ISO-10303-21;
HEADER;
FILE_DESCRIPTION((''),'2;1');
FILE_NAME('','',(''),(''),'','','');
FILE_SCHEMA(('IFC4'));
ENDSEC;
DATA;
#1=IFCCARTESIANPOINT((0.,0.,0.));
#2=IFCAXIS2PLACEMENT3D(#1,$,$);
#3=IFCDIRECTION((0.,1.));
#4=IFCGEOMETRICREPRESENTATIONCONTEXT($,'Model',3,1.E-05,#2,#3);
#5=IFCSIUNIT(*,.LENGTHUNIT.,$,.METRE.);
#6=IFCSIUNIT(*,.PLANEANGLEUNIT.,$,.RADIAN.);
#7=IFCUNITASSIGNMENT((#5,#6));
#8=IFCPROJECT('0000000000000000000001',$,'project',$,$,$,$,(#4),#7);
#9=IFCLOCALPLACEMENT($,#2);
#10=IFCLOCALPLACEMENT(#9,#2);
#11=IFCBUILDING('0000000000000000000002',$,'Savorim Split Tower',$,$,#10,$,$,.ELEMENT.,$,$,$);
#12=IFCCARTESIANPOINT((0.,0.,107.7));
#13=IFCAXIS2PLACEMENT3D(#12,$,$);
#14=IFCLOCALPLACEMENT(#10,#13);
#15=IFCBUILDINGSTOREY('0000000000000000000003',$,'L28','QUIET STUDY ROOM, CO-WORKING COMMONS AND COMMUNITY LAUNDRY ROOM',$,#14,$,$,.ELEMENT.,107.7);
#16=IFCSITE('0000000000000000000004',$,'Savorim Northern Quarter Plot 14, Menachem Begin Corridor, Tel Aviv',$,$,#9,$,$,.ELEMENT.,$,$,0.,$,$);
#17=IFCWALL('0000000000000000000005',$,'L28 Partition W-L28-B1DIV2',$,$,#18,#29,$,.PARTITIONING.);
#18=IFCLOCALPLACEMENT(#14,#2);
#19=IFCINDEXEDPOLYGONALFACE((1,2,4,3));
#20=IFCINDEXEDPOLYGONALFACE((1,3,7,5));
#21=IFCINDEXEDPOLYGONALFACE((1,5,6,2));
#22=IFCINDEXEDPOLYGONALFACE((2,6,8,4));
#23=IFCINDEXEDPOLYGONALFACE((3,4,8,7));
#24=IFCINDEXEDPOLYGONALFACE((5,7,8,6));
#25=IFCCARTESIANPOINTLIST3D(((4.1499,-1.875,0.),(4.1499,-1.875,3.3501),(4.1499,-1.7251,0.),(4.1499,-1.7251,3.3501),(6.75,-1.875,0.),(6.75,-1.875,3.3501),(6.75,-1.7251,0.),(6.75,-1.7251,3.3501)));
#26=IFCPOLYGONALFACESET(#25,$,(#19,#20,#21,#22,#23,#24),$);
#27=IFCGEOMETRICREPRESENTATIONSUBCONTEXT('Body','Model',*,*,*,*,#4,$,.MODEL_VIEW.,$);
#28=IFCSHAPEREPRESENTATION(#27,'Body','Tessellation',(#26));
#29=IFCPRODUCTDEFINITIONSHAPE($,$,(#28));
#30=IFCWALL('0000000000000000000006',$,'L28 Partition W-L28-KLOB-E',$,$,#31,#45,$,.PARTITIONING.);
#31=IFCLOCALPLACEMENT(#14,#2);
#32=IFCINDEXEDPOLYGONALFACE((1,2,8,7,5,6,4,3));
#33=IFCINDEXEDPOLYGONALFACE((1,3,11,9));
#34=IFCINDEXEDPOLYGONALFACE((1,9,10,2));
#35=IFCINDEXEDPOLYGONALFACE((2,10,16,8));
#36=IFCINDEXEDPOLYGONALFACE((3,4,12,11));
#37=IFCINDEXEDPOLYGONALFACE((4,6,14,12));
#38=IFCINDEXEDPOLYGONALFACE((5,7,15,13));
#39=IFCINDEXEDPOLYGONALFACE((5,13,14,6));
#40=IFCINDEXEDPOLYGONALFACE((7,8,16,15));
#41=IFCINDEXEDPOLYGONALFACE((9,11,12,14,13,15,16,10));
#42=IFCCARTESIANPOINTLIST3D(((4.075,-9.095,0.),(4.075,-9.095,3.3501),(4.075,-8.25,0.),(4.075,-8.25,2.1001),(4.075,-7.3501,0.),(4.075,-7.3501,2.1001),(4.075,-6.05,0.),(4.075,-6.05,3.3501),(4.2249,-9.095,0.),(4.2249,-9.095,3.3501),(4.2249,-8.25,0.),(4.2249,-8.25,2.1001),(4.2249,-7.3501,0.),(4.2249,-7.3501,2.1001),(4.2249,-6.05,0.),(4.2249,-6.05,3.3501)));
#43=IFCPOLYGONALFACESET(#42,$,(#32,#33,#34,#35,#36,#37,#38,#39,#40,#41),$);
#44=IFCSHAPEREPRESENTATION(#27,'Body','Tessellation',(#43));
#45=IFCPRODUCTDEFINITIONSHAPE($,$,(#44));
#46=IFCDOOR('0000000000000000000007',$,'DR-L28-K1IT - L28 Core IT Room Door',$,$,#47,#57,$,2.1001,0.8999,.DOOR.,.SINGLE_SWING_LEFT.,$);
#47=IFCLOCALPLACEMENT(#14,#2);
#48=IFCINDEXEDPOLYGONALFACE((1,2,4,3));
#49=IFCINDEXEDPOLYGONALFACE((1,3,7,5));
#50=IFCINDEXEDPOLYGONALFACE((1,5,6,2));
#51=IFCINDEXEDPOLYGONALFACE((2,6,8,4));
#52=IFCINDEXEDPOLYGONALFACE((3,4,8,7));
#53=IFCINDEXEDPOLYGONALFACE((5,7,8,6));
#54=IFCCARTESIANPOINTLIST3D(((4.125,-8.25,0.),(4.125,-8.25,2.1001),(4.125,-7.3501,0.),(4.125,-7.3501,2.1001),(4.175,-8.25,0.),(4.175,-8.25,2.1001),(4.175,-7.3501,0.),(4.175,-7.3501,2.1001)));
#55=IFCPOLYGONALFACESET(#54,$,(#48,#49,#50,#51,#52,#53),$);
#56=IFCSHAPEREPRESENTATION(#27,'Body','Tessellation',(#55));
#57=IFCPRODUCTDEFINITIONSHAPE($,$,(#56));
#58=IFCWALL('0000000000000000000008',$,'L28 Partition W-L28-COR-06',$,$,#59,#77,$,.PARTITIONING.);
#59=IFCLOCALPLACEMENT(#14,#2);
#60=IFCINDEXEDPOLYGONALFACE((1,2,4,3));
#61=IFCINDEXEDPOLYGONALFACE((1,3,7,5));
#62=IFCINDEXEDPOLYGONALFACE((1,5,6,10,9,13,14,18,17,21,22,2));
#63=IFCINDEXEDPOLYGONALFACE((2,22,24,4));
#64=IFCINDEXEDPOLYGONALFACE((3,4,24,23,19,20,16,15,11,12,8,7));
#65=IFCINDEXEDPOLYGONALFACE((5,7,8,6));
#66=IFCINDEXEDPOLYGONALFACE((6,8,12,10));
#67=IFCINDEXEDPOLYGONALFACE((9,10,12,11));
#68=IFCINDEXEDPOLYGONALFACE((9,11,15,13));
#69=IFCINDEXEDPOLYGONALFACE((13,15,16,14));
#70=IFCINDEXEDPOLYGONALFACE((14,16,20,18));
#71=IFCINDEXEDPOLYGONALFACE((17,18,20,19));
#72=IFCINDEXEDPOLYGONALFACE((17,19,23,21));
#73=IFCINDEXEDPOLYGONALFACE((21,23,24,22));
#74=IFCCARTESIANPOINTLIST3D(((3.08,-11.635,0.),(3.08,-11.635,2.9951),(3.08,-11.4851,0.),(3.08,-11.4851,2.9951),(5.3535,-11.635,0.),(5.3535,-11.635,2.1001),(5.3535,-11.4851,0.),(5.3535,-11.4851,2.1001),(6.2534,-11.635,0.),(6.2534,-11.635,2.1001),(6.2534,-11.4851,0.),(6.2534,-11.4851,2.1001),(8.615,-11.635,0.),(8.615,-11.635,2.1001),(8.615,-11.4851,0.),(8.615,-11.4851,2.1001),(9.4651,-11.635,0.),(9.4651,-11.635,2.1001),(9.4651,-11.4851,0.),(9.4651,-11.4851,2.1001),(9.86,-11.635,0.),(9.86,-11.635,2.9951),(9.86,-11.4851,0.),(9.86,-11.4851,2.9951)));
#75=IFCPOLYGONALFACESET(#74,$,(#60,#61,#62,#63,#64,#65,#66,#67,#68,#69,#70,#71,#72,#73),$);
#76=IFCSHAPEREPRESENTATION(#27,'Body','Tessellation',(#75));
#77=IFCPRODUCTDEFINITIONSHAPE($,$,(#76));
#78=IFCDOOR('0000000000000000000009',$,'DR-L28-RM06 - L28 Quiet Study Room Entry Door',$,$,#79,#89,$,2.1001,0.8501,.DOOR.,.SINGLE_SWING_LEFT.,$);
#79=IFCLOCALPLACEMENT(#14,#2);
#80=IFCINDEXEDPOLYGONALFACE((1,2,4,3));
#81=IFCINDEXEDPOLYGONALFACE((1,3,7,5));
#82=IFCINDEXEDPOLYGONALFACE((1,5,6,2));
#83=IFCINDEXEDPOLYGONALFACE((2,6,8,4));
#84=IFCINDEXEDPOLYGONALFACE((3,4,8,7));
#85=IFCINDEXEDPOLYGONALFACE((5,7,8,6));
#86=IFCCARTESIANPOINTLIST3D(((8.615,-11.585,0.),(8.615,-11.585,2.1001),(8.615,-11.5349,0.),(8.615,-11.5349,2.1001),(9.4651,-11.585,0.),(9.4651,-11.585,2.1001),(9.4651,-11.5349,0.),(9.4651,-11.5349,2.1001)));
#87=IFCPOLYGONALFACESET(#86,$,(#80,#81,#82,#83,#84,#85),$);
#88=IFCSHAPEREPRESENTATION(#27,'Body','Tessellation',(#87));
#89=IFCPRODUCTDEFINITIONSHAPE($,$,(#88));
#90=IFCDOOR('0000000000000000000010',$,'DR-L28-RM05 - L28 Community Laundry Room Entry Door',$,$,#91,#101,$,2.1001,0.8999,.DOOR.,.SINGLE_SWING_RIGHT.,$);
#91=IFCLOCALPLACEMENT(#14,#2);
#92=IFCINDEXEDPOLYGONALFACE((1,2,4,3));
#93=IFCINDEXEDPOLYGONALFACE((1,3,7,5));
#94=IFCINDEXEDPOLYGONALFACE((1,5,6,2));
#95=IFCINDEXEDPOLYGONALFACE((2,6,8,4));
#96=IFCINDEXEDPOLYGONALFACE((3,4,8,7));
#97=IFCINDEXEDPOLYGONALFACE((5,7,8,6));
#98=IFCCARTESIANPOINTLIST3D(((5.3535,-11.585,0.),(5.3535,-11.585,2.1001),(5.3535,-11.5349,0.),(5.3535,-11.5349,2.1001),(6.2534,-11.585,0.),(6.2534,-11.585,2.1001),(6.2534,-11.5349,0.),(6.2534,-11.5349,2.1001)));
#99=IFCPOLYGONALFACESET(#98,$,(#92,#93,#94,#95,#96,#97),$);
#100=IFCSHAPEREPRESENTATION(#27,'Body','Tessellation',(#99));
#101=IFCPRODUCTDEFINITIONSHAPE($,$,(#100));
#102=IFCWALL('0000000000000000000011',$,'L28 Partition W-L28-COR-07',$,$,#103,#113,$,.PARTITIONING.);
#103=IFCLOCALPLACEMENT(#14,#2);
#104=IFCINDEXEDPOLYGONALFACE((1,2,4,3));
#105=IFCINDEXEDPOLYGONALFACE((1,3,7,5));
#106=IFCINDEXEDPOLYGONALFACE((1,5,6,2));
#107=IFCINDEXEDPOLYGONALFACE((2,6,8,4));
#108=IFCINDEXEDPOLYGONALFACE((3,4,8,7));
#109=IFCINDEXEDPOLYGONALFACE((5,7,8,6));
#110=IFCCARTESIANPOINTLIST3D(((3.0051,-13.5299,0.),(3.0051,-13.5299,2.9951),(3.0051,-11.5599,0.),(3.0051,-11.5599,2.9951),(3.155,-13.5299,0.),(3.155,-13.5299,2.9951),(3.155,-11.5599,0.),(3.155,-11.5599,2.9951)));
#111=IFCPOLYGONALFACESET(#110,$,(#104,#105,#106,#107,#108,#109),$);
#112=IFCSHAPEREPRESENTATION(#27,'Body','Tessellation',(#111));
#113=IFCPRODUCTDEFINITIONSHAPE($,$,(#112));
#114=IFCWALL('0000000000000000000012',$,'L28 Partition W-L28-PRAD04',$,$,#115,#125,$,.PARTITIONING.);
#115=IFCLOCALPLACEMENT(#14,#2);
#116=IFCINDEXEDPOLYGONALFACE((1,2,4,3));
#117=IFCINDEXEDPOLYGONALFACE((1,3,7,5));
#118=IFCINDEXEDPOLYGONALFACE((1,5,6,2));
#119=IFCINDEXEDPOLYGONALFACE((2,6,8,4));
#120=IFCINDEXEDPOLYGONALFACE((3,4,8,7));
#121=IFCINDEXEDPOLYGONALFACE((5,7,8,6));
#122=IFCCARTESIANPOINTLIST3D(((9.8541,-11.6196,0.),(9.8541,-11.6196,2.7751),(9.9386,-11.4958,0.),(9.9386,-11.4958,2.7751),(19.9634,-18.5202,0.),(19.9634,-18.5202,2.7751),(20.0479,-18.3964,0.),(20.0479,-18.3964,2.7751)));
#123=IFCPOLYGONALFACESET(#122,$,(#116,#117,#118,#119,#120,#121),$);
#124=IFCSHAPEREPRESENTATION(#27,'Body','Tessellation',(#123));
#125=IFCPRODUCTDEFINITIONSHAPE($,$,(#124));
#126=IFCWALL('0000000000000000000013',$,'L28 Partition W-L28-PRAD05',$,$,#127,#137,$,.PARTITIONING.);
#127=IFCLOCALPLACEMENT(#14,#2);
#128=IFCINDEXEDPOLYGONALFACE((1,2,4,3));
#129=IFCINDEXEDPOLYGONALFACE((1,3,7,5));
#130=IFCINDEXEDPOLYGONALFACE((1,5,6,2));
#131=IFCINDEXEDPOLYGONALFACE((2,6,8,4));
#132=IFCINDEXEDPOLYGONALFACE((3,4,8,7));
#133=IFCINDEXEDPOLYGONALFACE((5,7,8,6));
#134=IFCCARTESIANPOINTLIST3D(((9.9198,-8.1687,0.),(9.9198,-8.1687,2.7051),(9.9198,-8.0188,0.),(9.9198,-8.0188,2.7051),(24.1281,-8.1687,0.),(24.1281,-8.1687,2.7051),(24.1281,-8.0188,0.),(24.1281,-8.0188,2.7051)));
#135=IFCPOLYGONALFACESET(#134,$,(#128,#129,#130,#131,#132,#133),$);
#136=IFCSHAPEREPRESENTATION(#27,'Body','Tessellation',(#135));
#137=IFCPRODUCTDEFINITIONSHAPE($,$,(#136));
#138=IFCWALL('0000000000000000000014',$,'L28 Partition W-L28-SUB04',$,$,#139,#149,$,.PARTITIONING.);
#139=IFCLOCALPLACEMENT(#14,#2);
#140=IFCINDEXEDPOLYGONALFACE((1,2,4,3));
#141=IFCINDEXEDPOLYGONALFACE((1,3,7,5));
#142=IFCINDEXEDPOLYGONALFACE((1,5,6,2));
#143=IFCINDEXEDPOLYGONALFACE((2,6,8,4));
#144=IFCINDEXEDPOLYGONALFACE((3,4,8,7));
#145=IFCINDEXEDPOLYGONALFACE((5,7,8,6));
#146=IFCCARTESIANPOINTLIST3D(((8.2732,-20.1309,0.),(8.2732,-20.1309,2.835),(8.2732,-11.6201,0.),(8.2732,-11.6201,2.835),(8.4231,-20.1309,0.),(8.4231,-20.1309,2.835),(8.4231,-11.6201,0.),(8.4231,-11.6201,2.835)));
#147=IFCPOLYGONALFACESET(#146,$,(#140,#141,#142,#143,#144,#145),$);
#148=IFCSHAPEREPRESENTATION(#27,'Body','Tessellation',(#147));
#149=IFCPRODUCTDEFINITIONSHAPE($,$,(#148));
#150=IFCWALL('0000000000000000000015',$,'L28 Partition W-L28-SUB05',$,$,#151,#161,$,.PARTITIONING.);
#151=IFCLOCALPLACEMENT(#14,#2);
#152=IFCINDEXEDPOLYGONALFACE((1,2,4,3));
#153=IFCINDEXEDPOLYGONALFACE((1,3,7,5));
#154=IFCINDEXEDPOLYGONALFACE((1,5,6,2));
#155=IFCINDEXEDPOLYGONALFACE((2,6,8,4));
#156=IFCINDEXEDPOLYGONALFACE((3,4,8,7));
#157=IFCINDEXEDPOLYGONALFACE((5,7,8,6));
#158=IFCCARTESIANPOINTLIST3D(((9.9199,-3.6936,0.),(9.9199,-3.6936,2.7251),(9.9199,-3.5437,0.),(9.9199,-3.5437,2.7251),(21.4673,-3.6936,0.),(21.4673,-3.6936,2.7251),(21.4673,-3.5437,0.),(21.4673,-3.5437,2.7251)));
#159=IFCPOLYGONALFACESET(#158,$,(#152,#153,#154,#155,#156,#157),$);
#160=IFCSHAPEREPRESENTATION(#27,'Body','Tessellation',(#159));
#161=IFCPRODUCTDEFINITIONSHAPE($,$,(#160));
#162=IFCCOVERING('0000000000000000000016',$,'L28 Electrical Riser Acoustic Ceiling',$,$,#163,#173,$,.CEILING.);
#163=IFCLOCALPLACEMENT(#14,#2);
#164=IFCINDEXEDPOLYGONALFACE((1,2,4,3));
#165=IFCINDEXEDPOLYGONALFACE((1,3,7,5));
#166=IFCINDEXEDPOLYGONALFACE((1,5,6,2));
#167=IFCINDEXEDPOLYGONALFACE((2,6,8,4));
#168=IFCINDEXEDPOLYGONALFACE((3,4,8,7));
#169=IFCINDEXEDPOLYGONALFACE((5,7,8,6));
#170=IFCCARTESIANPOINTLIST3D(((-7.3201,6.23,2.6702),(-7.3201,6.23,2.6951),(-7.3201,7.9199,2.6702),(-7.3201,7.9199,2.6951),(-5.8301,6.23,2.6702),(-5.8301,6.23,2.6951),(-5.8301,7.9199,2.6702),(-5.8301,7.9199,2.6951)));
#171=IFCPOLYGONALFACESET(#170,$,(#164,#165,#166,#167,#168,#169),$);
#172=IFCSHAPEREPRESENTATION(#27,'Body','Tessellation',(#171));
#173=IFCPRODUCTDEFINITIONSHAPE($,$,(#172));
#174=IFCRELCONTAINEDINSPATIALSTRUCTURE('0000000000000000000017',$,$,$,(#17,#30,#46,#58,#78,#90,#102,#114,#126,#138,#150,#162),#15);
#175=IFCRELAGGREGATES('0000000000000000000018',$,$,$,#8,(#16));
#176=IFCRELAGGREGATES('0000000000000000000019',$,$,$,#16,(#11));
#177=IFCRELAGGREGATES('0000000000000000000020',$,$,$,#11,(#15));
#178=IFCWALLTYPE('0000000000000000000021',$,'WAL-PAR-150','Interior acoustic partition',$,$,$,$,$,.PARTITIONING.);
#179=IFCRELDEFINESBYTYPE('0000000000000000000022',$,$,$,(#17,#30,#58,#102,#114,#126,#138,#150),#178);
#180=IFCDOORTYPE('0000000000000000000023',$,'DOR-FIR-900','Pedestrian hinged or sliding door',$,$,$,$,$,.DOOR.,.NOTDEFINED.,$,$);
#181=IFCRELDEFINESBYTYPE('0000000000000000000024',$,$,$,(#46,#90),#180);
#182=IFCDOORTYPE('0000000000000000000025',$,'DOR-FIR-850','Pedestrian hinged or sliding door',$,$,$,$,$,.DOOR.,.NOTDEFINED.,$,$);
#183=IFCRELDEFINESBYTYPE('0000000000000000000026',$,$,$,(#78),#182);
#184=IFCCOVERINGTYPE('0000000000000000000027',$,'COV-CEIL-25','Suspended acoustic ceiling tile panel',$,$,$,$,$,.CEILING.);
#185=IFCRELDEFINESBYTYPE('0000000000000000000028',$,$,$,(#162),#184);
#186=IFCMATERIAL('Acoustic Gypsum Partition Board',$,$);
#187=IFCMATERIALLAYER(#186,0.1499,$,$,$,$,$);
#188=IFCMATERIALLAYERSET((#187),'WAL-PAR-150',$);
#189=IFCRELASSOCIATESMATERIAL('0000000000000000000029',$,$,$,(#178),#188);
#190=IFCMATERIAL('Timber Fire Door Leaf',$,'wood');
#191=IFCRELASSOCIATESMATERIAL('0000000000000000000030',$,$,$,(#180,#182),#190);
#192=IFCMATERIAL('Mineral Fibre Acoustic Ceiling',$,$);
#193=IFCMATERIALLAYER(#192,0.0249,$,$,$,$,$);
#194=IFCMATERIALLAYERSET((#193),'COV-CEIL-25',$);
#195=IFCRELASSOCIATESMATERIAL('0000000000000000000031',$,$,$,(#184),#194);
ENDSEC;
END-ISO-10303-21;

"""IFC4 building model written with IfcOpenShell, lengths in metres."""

from ifc_helpers import new_model, si_unit, direction, frame, frame_2d, origin, place, context, subcontext, project, spatial, polyline, rectangle, outline, extrude, material, layer, layer_set, type_object, element, fill, save


model = new_model("IFC4")

# Units and contexts
model_context = context("Model", 3, precision=1e-05, world=origin(), true_north=direction((0.0, 1.0)))
body_context = subcontext(model_context, "Body", "Model", "MODEL_VIEW")
ifc_project = project(units=[si_unit("LENGTHUNIT", "METRE"), si_unit("PLANEANGLEUNIT", "RADIAN")], contexts=[model_context])

# Site, building, storey
site_placement = place(None, origin())
site = spatial("IfcSite", under=ifc_project, at=site_placement, Name="Savorim Northern Quarter Plot 14, Menachem Begin Corridor, Tel Aviv", CompositionType="ELEMENT", RefElevation=0.0)
building_placement = place(site_placement, origin())
building = spatial("IfcBuilding", under=site, at=building_placement, Name="Savorim Split Tower", CompositionType="ELEMENT")
storey_placement = place(building_placement, frame((0.0, 0.0, 107.7)))
storey = spatial("IfcBuildingStorey", under=building, at=storey_placement, Name="L28", Description="QUIET STUDY ROOM, CO-WORKING COMMONS AND COMMUNITY LAUNDRY ROOM", CompositionType="ELEMENT", Elevation=107.7)

# Wall
ifc_material_1 = material(Name="Acoustic Gypsum Partition Board")
ifc_layer_1 = layer(ifc_material_1, 0.1499)
ifc_layer_set_1 = layer_set([ifc_layer_1], Name="WAL-PAR-150")
wall_type_1 = type_object("IfcWallType", Name="WAL-PAR-150", Description="Interior acoustic partition", PredefinedType="PARTITIONING", material=ifc_layer_set_1)
for number, where, z_axis, x_axis, name in (
    (1, (4.1499, -1.8, 0.0), (0.0, 0.0, 1.0), (1.0, 0.0, 0.0), "L28 Partition W-L28-B1DIV2"),
):
    element("IfcWall", number, at=place(storey_placement, frame(where, z_axis=z_axis, x_axis=x_axis)), inside=storey, type_object=wall_type_1, Name=name, PredefinedType="PARTITIONING", context=body_context, shape_type="SweptSolid", body=[
        extrude(rectangle(XDim=2.6001, YDim=0.1499, at=frame_2d((1.3, 0.0))), origin(), (0.0, 0.0, 1.0), 3.3501),
    ])

# Wall, opening, door
wall_1_placement = place(storey_placement, frame((4.1499, -9.095, 0.0), z_axis=(0.0, 0.0, 1.0), x_axis=(0.0, 1.0, 0.0)))
wall_1 = element("IfcWall", 2, at=wall_1_placement, inside=storey, type_object=wall_type_1, Name="L28 Partition W-L28-KLOB-E", PredefinedType="PARTITIONING", context=body_context, shape_type="SweptSolid", body=[
    extrude(rectangle(XDim=3.0449, YDim=0.1499, at=frame_2d((1.5225, 0.0))), origin(), (0.0, 0.0, 1.0), 3.3501),
])
opening_1_placement = place(wall_1_placement, frame((0.845, 0.0, 0.0)))
opening_1 = element("IfcOpeningElement", 3, at=opening_1_placement, cuts=wall_1, PredefinedType="OPENING", context=body_context, shape_type="SweptSolid", body=[
    extrude(rectangle(XDim=0.8999, YDim=2.1001, at=frame_2d((0.45, 1.05))), frame((0.0, 0.085, 0.0), z_axis=(0.0, -1.0, 0.0), x_axis=(1.0, 0.0, 0.0)), (0.0, 0.0, 1.0), 0.1699),
])
ifc_material_2 = material(Name="Timber Fire Door Leaf", Category="wood")
door_type_1 = type_object("IfcDoorType", Name="DOR-FIR-900", Description="Pedestrian hinged or sliding door", OperationType="NOTDEFINED", PredefinedType="DOOR", material=ifc_material_2)
door_1_placement = place(opening_1_placement, origin())
door_1 = element("IfcDoor", 4, at=door_1_placement, inside=storey, type_object=door_type_1, Name="DR-L28-K1IT - L28 Core IT Room Door", OperationType="SINGLE_SWING_LEFT", OverallHeight=2.1001, OverallWidth=0.8999, PredefinedType="DOOR", context=body_context, shape_type="SweptSolid", body=[
    extrude(rectangle(XDim=0.8999, YDim=2.1001, at=frame_2d((0.45, 1.05))), frame((0.0, 0.0249, 0.0), z_axis=(0.0, -1.0, 0.0), x_axis=(1.0, 0.0, 0.0)), (0.0, 0.0, 1.0), 0.05),
])
fill(opening_1, door_1)

# Wall, openings, doors
wall_2_placement = place(storey_placement, frame((9.8601, -11.5601, 0.0), z_axis=(0.0, 0.0, 1.0), x_axis=(-1.0, 0.0, 0.0)))
wall_2 = element("IfcWall", 5, at=wall_2_placement, inside=storey, type_object=wall_type_1, Name="L28 Partition W-L28-COR-06", PredefinedType="PARTITIONING", context=body_context, shape_type="SweptSolid", body=[
    extrude(rectangle(XDim=6.78, YDim=0.1499, at=frame_2d((3.3901, 0.0))), origin(), (0.0, 0.0, 1.0), 2.9951),
])
opening_2_placement = place(wall_2_placement, frame((3.6067, 0.0, 0.0)))
opening_2 = element("IfcOpeningElement", 6, at=opening_2_placement, cuts=wall_2, PredefinedType="OPENING", context=body_context, shape_type="SweptSolid", body=[
    extrude(rectangle(XDim=0.8999, YDim=2.1001, at=frame_2d((0.45, 1.05))), frame((0.0, 0.085, 0.0), z_axis=(0.0, -1.0, 0.0), x_axis=(1.0, 0.0, 0.0)), (0.0, 0.0, 1.0), 0.1699),
])
opening_3_placement = place(wall_2_placement, frame((0.395, 0.0, 0.0)))
opening_3 = element("IfcOpeningElement", 7, at=opening_3_placement, cuts=wall_2, PredefinedType="OPENING", context=body_context, shape_type="SweptSolid", body=[
    extrude(rectangle(XDim=0.8501, YDim=2.1001, at=frame_2d((0.425, 1.05))), frame((0.0, 0.085, 0.0), z_axis=(0.0, -1.0, 0.0), x_axis=(1.0, 0.0, 0.0)), (0.0, 0.0, 1.0), 0.1699),
])
door_type_2 = type_object("IfcDoorType", Name="DOR-FIR-850", Description="Pedestrian hinged or sliding door", OperationType="NOTDEFINED", PredefinedType="DOOR", material=ifc_material_2)
door_2_placement = place(opening_3_placement, origin())
door_2 = element("IfcDoor", 8, at=door_2_placement, inside=storey, type_object=door_type_2, Name="DR-L28-RM06 - L28 Quiet Study Room Entry Door", OperationType="SINGLE_SWING_LEFT", OverallHeight=2.1001, OverallWidth=0.8501, PredefinedType="DOOR", context=body_context, shape_type="SweptSolid", body=[
    extrude(rectangle(XDim=0.8501, YDim=2.1001, at=frame_2d((0.425, 1.05))), frame((0.0, 0.0249, 0.0), z_axis=(0.0, -1.0, 0.0), x_axis=(1.0, 0.0, 0.0)), (0.0, 0.0, 1.0), 0.05),
])
fill(opening_3, door_2)
door_3_placement = place(opening_2_placement, origin())
door_3 = element("IfcDoor", 9, at=door_3_placement, inside=storey, type_object=door_type_1, Name="DR-L28-RM05 - L28 Community Laundry Room Entry Door", OperationType="SINGLE_SWING_RIGHT", OverallHeight=2.1001, OverallWidth=0.8999, PredefinedType="DOOR", context=body_context, shape_type="SweptSolid", body=[
    extrude(rectangle(XDim=0.8999, YDim=2.1001, at=frame_2d((0.45, 1.05))), frame((0.0, 0.0249, 0.0), z_axis=(0.0, -1.0, 0.0), x_axis=(1.0, 0.0, 0.0)), (0.0, 0.0, 1.0), 0.05),
])
fill(opening_2, door_3)

# Walls
wall_3_placement = place(storey_placement, frame((3.0801, -11.5601, 0.0), z_axis=(0.0, 0.0, 1.0), x_axis=(0.0, -1.0, 0.0)))
element("IfcWall", 10, at=wall_3_placement, inside=storey, type_object=wall_type_1, Name="L28 Partition W-L28-COR-07", PredefinedType="PARTITIONING", context=body_context, shape_type="SweptSolid", body=[
    extrude(rectangle(XDim=1.97, YDim=0.1499, at=frame_2d((0.9849, 0.0))), origin(), (0.0, 0.0, 1.0), 2.9951),
])
wall_4_placement = place(storey_placement, frame((9.8962, -11.5576, 0.0), z_axis=(0.0, 0.0, 1.0), x_axis=(0.825928, -0.563776, 0.0)))
element("IfcWall", 11, at=wall_4_placement, inside=storey, type_object=wall_type_1, Name="L28 Partition W-L28-PRAD04", PredefinedType="PARTITIONING", context=body_context, shape_type="SweptSolid", body=[
    extrude(rectangle(XDim=12.24, YDim=0.1499, at=frame_2d((6.1201, 0.0))), origin(), (0.0, 0.0, 1.0), 2.7751),
])
wall_5_placement = place(storey_placement, frame((9.9199, -8.0938, 0.0), z_axis=(0.0, 0.0, 1.0), x_axis=(1.0, 0.0, 0.0)))
element("IfcWall", 12, at=wall_5_placement, inside=storey, type_object=wall_type_1, Name="L28 Partition W-L28-PRAD05", PredefinedType="PARTITIONING", context=body_context, shape_type="SweptSolid", body=[
    extrude(rectangle(XDim=14.2083, YDim=0.1499, at=frame_2d((7.104, 0.0))), origin(), (0.0, 0.0, 1.0), 2.7051),
])
wall_6_placement = place(storey_placement, frame((8.3481, -11.6201, 0.0), z_axis=(0.0, 0.0, 1.0), x_axis=(0.0, -1.0, 0.0)))
element("IfcWall", 13, at=wall_6_placement, inside=storey, type_object=wall_type_1, Name="L28 Partition W-L28-SUB04", PredefinedType="PARTITIONING", context=body_context, shape_type="SweptSolid", body=[
    extrude(rectangle(XDim=8.5107, YDim=0.1499, at=frame_2d((4.2554, 0.0))), origin(), (0.0, 0.0, 1.0), 2.835),
])
wall_7_placement = place(storey_placement, frame((9.9199, -3.6187, 0.0), z_axis=(0.0, 0.0, 1.0), x_axis=(1.0, 0.0, 0.0)))
element("IfcWall", 14, at=wall_7_placement, inside=storey, type_object=wall_type_1, Name="L28 Partition W-L28-SUB05", PredefinedType="PARTITIONING", context=body_context, shape_type="SweptSolid", body=[
    extrude(rectangle(XDim=11.5474, YDim=0.1499, at=frame_2d((5.7737, 0.0))), origin(), (0.0, 0.0, 1.0), 2.7251),
])

# Covering
ifc_material_3 = material(Name="Mineral Fibre Acoustic Ceiling")
ifc_layer_2 = layer(ifc_material_3, 0.0249)
ifc_layer_set_2 = layer_set([ifc_layer_2], Name="COV-CEIL-25")
covering_type_1 = type_object("IfcCoveringType", Name="COV-CEIL-25", Description="Suspended acoustic ceiling tile panel", PredefinedType="CEILING", material=ifc_layer_set_2)
covering_1_placement = place(storey_placement, frame((0.0, 0.0, 2.6702)))
element("IfcCovering", 15, at=covering_1_placement, inside=storey, type_object=covering_type_1, Name="L28 Electrical Riser Acoustic Ceiling", PredefinedType="CEILING", context=body_context, shape_type="SweptSolid", body=[
    extrude(outline(polyline([(-7.3201, 7.9199), (-7.3201, 6.23), (-5.8301, 6.23), (-5.8301, 7.9199), (-7.3201, 7.9199)])), origin(), (0.0, 0.0, 1.0), 0.0249),
])

save(model, "model.ifc")
